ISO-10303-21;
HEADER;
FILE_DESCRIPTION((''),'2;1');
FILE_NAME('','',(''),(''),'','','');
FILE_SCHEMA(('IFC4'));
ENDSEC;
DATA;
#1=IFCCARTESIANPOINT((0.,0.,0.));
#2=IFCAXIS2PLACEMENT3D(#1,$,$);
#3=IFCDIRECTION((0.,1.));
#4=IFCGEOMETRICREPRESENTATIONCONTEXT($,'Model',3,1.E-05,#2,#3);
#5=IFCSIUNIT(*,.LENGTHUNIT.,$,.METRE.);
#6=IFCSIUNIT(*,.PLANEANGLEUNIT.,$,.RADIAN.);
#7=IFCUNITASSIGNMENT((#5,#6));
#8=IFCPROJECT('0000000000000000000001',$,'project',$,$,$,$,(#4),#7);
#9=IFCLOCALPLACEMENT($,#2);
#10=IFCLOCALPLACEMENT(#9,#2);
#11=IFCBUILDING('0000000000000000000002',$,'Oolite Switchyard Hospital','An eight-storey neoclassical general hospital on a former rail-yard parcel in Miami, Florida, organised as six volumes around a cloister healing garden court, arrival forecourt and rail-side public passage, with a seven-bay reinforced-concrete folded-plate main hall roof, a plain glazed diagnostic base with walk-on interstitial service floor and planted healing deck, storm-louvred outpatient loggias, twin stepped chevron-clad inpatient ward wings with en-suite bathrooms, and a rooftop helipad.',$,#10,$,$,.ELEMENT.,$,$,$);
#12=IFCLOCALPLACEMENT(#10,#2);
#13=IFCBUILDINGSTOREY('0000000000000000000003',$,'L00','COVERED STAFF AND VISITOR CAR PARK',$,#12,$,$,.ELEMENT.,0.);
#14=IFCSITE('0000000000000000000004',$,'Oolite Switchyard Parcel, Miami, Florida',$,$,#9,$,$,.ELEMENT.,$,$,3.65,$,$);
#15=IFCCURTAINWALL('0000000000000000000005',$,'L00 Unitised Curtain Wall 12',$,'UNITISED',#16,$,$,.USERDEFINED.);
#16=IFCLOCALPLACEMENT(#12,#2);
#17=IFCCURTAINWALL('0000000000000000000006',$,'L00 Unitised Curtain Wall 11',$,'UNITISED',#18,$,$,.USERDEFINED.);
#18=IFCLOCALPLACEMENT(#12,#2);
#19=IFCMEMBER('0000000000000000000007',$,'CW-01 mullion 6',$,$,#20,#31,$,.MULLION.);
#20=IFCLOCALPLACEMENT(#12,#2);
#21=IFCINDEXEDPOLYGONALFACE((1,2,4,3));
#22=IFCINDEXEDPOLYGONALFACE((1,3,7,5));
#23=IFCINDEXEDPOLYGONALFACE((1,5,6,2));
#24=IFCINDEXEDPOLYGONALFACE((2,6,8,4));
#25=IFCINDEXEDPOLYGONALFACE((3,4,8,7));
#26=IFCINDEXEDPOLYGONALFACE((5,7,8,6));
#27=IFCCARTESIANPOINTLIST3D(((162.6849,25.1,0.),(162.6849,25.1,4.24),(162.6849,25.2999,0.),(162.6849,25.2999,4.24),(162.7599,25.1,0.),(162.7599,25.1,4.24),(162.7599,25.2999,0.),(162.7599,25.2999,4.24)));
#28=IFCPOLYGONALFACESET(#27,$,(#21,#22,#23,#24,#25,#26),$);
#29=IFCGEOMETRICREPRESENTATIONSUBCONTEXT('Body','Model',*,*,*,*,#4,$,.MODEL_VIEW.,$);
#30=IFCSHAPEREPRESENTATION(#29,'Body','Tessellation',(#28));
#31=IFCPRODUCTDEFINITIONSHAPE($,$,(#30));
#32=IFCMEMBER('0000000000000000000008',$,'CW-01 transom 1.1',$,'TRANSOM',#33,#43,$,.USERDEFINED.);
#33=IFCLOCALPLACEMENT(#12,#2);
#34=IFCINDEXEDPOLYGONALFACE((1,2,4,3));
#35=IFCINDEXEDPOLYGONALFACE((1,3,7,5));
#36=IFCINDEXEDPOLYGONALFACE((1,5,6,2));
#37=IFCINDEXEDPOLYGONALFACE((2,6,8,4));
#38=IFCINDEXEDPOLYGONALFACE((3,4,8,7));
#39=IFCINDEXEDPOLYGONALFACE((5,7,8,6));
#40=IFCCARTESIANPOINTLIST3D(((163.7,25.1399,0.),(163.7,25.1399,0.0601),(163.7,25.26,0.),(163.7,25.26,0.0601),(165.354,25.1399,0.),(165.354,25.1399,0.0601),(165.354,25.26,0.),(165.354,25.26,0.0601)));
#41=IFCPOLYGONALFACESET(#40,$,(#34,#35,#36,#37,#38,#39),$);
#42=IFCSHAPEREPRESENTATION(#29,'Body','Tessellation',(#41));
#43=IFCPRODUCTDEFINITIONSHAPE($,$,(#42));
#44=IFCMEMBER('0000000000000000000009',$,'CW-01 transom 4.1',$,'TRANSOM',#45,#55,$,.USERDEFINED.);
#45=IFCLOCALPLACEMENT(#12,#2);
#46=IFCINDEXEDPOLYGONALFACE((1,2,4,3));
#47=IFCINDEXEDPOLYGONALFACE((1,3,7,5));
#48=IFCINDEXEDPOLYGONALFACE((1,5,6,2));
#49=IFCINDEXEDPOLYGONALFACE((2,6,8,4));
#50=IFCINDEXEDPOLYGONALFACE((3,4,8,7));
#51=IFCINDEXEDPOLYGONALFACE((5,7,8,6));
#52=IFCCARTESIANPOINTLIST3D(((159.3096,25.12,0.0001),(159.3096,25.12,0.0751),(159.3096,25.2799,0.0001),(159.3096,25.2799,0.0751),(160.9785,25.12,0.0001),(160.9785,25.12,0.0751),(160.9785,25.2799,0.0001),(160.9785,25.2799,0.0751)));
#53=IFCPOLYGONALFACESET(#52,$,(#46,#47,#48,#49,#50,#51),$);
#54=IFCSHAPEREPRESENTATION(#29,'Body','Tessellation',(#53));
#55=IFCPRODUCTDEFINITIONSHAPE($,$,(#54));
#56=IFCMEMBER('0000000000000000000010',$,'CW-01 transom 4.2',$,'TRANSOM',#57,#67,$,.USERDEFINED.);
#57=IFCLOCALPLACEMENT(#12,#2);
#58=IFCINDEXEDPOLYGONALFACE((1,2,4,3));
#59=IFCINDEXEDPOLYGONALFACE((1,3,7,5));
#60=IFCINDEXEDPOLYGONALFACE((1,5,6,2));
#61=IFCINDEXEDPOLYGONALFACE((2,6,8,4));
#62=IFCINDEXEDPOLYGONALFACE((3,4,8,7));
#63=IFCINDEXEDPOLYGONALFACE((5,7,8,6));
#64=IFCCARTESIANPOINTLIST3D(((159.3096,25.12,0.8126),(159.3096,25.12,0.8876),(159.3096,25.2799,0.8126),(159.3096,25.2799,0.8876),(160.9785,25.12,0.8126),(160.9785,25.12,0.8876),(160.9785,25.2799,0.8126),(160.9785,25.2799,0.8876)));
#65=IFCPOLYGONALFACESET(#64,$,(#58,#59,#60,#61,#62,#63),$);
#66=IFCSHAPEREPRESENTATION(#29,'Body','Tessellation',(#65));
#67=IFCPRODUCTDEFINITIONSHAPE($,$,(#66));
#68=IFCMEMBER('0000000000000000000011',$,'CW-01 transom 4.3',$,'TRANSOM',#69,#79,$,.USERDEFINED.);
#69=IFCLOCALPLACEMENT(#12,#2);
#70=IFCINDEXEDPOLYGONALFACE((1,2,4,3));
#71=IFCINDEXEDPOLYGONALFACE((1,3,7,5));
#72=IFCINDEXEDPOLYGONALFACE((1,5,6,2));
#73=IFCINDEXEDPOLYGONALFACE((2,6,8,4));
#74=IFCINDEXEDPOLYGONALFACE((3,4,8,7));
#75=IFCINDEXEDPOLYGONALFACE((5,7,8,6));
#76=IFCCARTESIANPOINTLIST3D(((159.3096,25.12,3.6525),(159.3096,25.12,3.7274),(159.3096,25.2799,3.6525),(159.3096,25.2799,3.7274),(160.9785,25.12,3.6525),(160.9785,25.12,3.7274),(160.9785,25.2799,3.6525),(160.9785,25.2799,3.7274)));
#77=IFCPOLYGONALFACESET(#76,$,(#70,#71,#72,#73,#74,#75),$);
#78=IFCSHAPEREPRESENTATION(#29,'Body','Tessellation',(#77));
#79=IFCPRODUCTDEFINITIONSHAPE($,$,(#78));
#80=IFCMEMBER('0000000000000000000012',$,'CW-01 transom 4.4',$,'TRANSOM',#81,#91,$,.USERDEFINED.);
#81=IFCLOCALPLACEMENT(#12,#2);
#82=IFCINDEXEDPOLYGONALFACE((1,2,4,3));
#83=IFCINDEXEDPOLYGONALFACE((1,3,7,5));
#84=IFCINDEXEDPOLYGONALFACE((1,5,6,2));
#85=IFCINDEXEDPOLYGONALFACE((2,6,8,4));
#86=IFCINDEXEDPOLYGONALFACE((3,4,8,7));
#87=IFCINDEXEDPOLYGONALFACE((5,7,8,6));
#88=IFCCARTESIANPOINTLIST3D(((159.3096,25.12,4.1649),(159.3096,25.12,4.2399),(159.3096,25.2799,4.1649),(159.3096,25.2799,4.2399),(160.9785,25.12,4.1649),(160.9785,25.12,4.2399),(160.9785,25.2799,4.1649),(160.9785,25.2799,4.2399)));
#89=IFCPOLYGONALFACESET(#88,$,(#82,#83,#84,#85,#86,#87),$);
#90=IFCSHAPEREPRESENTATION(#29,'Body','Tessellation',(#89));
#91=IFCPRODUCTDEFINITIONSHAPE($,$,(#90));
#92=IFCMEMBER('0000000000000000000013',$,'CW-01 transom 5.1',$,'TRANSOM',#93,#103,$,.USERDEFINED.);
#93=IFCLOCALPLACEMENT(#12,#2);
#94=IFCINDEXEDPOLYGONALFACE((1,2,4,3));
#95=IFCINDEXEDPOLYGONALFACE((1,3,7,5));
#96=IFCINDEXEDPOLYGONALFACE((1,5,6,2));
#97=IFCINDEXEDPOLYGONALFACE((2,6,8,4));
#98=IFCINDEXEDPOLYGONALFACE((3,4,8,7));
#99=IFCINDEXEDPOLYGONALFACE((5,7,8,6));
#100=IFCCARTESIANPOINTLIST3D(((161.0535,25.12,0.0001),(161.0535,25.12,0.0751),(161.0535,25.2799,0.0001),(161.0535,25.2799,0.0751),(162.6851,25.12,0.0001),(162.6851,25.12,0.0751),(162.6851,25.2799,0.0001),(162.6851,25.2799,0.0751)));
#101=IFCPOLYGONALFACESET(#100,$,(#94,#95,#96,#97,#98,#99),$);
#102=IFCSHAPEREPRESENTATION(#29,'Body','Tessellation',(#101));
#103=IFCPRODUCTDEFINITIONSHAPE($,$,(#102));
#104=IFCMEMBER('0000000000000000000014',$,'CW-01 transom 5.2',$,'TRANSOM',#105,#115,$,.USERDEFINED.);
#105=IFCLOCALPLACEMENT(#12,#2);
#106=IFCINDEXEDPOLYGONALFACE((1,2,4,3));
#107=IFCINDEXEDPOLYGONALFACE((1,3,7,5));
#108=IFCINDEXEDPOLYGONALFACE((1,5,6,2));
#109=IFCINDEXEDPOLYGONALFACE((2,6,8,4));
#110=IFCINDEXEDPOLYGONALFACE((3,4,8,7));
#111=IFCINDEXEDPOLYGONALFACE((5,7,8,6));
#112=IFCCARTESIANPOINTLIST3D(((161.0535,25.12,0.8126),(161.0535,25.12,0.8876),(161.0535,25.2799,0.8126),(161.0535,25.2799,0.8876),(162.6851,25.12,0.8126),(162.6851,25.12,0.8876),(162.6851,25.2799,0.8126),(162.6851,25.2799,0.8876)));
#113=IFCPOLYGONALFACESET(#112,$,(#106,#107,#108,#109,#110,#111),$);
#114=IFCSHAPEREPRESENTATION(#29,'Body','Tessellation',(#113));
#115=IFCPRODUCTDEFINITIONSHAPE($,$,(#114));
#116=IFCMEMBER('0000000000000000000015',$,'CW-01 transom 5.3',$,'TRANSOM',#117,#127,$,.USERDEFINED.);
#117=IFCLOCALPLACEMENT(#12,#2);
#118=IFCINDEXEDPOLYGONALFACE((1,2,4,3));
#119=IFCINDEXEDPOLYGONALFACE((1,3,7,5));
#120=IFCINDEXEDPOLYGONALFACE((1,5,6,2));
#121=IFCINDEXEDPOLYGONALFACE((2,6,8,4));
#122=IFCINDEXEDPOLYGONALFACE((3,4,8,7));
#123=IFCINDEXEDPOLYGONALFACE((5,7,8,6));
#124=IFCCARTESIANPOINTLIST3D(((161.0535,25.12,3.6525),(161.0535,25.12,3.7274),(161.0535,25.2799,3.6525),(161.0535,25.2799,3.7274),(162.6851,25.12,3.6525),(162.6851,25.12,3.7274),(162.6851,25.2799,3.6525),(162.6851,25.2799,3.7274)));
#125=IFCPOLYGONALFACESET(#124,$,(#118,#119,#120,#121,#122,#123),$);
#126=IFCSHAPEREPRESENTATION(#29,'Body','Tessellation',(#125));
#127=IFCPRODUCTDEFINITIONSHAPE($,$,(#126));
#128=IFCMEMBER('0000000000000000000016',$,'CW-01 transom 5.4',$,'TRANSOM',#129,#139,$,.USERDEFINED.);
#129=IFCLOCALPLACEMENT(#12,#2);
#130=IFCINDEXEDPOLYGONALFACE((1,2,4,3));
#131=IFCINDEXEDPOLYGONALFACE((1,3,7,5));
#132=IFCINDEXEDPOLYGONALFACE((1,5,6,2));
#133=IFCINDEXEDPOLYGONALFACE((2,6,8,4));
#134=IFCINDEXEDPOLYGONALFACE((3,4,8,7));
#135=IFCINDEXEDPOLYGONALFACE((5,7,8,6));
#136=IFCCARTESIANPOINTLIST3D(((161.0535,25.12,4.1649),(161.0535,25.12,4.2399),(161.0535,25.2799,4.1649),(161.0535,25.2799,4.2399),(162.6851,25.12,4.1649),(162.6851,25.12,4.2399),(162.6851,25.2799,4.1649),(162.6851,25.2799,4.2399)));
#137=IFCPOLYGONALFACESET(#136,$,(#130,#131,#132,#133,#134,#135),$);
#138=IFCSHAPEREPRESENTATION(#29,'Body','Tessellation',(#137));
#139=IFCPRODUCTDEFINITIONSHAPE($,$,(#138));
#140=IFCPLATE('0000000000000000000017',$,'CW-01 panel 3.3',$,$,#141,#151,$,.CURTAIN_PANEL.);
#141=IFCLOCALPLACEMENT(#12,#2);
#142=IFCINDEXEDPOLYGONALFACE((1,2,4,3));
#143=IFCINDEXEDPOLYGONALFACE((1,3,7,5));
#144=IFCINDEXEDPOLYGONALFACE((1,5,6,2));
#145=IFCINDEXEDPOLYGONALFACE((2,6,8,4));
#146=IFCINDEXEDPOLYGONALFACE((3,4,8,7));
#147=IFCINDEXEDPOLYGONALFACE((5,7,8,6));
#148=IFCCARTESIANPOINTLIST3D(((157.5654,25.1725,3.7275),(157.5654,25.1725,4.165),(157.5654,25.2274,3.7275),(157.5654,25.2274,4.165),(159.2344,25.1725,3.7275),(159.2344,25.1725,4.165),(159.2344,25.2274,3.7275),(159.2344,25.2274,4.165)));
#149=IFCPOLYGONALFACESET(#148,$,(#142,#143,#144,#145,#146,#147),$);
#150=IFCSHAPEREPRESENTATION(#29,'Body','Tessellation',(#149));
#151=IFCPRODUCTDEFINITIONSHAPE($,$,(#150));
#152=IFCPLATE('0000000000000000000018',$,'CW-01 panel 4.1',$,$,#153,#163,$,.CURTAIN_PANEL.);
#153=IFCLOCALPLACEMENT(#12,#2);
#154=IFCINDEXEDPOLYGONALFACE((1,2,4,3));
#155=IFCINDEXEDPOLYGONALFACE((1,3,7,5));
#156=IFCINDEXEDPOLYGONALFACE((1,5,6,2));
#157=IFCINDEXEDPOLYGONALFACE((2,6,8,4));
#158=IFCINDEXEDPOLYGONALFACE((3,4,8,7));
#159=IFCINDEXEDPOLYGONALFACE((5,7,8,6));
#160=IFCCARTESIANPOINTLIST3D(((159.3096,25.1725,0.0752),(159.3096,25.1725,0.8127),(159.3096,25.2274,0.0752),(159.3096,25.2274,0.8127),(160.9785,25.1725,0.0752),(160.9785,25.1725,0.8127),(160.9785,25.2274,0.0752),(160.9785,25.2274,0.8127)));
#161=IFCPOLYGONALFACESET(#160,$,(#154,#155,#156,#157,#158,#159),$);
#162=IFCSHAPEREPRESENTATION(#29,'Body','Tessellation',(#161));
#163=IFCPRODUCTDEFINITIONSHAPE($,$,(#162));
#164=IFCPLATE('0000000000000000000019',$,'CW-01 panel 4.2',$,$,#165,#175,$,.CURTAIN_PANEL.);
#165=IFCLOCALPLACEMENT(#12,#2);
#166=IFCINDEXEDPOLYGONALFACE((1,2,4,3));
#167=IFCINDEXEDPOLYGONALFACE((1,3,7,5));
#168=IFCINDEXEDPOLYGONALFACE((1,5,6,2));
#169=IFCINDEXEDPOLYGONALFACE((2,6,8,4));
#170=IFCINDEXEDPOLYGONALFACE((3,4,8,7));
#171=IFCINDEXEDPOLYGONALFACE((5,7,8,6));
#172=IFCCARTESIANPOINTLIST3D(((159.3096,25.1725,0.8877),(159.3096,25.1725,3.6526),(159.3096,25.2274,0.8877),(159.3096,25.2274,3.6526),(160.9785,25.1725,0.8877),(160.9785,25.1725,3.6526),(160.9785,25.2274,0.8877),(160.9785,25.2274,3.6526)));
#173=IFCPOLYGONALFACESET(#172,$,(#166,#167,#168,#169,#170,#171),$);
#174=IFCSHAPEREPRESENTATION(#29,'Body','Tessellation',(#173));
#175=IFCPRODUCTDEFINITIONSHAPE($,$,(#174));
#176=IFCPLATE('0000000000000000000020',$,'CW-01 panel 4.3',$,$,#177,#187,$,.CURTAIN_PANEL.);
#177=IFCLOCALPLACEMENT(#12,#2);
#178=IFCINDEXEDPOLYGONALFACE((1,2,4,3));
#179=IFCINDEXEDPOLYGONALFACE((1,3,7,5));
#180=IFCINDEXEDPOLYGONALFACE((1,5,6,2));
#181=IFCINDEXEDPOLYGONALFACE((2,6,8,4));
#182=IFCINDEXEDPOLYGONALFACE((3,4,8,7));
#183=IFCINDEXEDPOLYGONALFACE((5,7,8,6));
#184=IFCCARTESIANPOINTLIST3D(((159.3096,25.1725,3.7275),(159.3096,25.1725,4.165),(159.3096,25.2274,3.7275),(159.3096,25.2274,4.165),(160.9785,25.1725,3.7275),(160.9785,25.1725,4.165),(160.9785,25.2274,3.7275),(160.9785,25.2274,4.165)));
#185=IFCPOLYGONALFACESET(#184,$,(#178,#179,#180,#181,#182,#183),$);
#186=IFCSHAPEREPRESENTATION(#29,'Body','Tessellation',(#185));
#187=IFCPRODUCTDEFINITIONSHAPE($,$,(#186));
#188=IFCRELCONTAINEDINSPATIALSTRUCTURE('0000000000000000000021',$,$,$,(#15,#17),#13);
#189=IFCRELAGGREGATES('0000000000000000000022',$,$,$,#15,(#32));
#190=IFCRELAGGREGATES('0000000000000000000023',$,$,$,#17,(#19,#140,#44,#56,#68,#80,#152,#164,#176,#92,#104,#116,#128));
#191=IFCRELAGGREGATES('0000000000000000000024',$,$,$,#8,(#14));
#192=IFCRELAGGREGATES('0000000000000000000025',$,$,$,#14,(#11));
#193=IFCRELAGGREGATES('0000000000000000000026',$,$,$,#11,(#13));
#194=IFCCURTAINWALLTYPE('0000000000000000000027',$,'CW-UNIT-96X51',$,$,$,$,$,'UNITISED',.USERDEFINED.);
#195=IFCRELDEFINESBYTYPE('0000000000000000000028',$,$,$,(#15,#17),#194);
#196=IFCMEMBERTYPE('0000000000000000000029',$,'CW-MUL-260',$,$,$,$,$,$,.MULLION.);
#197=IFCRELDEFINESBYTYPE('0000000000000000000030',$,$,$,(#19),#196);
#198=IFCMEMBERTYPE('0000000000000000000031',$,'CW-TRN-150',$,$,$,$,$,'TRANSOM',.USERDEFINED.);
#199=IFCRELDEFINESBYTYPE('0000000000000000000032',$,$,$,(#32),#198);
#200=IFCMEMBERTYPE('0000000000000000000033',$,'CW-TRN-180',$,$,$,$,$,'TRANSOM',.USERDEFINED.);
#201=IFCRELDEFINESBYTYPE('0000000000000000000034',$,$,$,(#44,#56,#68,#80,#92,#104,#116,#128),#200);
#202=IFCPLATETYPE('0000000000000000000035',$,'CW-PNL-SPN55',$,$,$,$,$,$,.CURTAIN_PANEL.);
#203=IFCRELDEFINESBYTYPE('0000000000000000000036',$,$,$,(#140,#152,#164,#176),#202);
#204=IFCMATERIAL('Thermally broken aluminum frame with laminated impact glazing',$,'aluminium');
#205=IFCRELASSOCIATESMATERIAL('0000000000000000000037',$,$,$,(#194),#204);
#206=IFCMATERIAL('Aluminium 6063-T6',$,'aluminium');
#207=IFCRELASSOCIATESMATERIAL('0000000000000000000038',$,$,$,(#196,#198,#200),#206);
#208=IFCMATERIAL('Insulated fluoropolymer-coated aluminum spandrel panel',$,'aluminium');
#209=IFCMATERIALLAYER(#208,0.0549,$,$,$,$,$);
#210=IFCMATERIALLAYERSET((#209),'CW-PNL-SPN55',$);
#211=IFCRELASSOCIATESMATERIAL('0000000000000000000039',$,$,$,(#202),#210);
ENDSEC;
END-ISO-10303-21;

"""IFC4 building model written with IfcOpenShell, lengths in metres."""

from ifc_helpers import new_model, si_unit, direction, frame, origin, origin_2d, place, context, subcontext, project, spatial, rectangle, extrude, material, layer, layer_set, material_profile, profile_set, type_object, element, aggregate, save


model = new_model("IFC4")

# Units and contexts
model_context = context("Model", 3, precision=1e-05, world=origin(), true_north=direction((0.0, 1.0)))
body_context = subcontext(model_context, "Body", "Model", "MODEL_VIEW")
ifc_project = project(units=[si_unit("LENGTHUNIT", "METRE"), si_unit("PLANEANGLEUNIT", "RADIAN")], contexts=[model_context])

# Site, building, storey
site_placement = place(None, origin())
site = spatial("IfcSite", under=ifc_project, at=site_placement, Name="Oolite Switchyard Parcel, Miami, Florida", CompositionType="ELEMENT", RefElevation=3.65)
building_placement = place(site_placement, origin())
building = spatial("IfcBuilding", under=site, at=building_placement, Name="Oolite Switchyard Hospital", Description="An eight-storey neoclassical general hospital on a former rail-yard parcel in Miami, Florida, organised as six volumes around a cloister healing garden court, arrival forecourt and rail-side public passage, with a seven-bay reinforced-concrete folded-plate main hall roof, a plain glazed diagnostic base with walk-on interstitial service floor and planted healing deck, storm-louvred outpatient loggias, twin stepped chevron-clad inpatient ward wings with en-suite bathrooms, and a rooftop helipad.", CompositionType="ELEMENT")
storey_placement = place(building_placement, origin())
storey = spatial("IfcBuildingStorey", under=building, at=storey_placement, Name="L00", Description="COVERED STAFF AND VISITOR CAR PARK", CompositionType="ELEMENT", Elevation=0.0)

# Curtain wall
ifc_material_1 = material(Name="Thermally broken aluminum frame with laminated impact glazing", Category="aluminium")
curtain_wall_type = type_object("IfcCurtainWallType", Name="CW-UNIT-96X51", ElementType="UNITISED", PredefinedType="USERDEFINED", material=ifc_material_1)
curtain_wall_1_placement = place(storey_placement, origin())
curtain_wall_1 = element("IfcCurtainWall", 1, at=curtain_wall_1_placement, inside=storey, type_object=curtain_wall_type, Name="L00 Unitised Curtain Wall 12", ObjectType="UNITISED", PredefinedType="USERDEFINED")
ifc_material_2 = material(Name="Aluminium 6063-T6", Category="aluminium")

# Curtain wall, member
curtain_wall_2_placement = place(storey_placement, origin())
curtain_wall_2 = element("IfcCurtainWall", 2, at=curtain_wall_2_placement, inside=storey, type_object=curtain_wall_type, Name="L00 Unitised Curtain Wall 11", ObjectType="UNITISED", PredefinedType="USERDEFINED")
ifc_material_profile_1 = material_profile(ifc_material_2, rectangle(XDim=0.2, YDim=0.075, at=origin_2d()), Name="CWM75X200")
ifc_profile_set_1 = profile_set([ifc_material_profile_1], Name="Aluminium 6063-T6")
member_type_1 = type_object("IfcMemberType", Name="CW-MUL-260", PredefinedType="MULLION", material=ifc_profile_set_1)
member_1_placement = place(storey_placement, frame((162.7224, 25.2, 0.0), z_axis=(0.0, 0.0, 1.0), x_axis=(0.0, 1.0, 0.0)))
member_1 = element("IfcMember", 3, at=member_1_placement, type_object=member_type_1, Name="CW-01 mullion 6", PredefinedType="MULLION", context=body_context, shape_type="SweptSolid", body=[
    extrude(rectangle(XDim=0.2, YDim=0.075, at=origin_2d()), origin(), (0.0, 0.0, 1.0), 4.24),
])

# Members
ifc_material_profile_2 = material_profile(ifc_material_2, rectangle(XDim=0.1201, YDim=0.0601, at=origin_2d()), Name="CWT60X120")
ifc_profile_set_2 = profile_set([ifc_material_profile_2], Name="Aluminium 6063-T6")
member_type_2 = type_object("IfcMemberType", Name="CW-TRN-150", ElementType="TRANSOM", PredefinedType="USERDEFINED", material=ifc_profile_set_2)
member_2_placement = place(storey_placement, frame((163.7, 25.2, 0.03), z_axis=(1.0, 0.0, 0.0), x_axis=(0.0, 1.0, 0.0)))
member_2 = element("IfcMember", 4, at=member_2_placement, type_object=member_type_2, Name="CW-01 transom 1.1", ObjectType="TRANSOM", PredefinedType="USERDEFINED", context=body_context, shape_type="SweptSolid", body=[
    extrude(rectangle(XDim=0.1201, YDim=0.0601, at=origin_2d()), origin(), (0.0, 0.0, 1.0), 1.6541),
])
aggregate(curtain_wall_1, [member_2])
ifc_material_profile_3 = material_profile(ifc_material_2, rectangle(XDim=0.1599, YDim=0.075, at=origin_2d()), Name="CWT75X160")
ifc_profile_set_3 = profile_set([ifc_material_profile_3], Name="Aluminium 6063-T6")
member_type_3 = type_object("IfcMemberType", Name="CW-TRN-180", ElementType="TRANSOM", PredefinedType="USERDEFINED", material=ifc_profile_set_3)
member_3_placement = place(storey_placement, frame((159.3096, 25.2, 0.0376), z_axis=(1.0, 0.0, 0.0), x_axis=(0.0, 1.0, 0.0)))
member_3 = element("IfcMember", 5, at=member_3_placement, type_object=member_type_3, Name="CW-01 transom 4.1", ObjectType="TRANSOM", PredefinedType="USERDEFINED", context=body_context, shape_type="SweptSolid", body=[
    extrude(rectangle(XDim=0.1599, YDim=0.075, at=origin_2d()), origin(), (0.0, 0.0, 1.0), 1.6689),
])
member_4_placement = place(storey_placement, frame((159.3096, 25.2, 0.8501), z_axis=(1.0, 0.0, 0.0), x_axis=(0.0, 1.0, 0.0)))
member_4 = element("IfcMember", 6, at=member_4_placement, type_object=member_type_3, Name="CW-01 transom 4.2", ObjectType="TRANSOM", PredefinedType="USERDEFINED", context=body_context, shape_type="SweptSolid", body=[
    extrude(rectangle(XDim=0.1599, YDim=0.075, at=origin_2d()), origin(), (0.0, 0.0, 1.0), 1.6689),
])
member_5_placement = place(storey_placement, frame((159.3096, 25.2, 3.6899), z_axis=(1.0, 0.0, 0.0), x_axis=(0.0, 1.0, 0.0)))
member_5 = element("IfcMember", 7, at=member_5_placement, type_object=member_type_3, Name="CW-01 transom 4.3", ObjectType="TRANSOM", PredefinedType="USERDEFINED", context=body_context, shape_type="SweptSolid", body=[
    extrude(rectangle(XDim=0.1599, YDim=0.075, at=origin_2d()), origin(), (0.0, 0.0, 1.0), 1.6689),
])
member_6_placement = place(storey_placement, frame((159.3096, 25.2, 4.2024), z_axis=(1.0, 0.0, 0.0), x_axis=(0.0, 1.0, 0.0)))
member_6 = element("IfcMember", 8, at=member_6_placement, type_object=member_type_3, Name="CW-01 transom 4.4", ObjectType="TRANSOM", PredefinedType="USERDEFINED", context=body_context, shape_type="SweptSolid", body=[
    extrude(rectangle(XDim=0.1599, YDim=0.075, at=origin_2d()), origin(), (0.0, 0.0, 1.0), 1.6689),
])
member_7_placement = place(storey_placement, frame((161.0535, 25.2, 0.0376), z_axis=(1.0, 0.0, 0.0), x_axis=(0.0, 1.0, 0.0)))
member_7 = element("IfcMember", 9, at=member_7_placement, type_object=member_type_3, Name="CW-01 transom 5.1", ObjectType="TRANSOM", PredefinedType="USERDEFINED", context=body_context, shape_type="SweptSolid", body=[
    extrude(rectangle(XDim=0.1599, YDim=0.075, at=origin_2d()), origin(), (0.0, 0.0, 1.0), 1.6316),
])
member_8_placement = place(storey_placement, frame((161.0535, 25.2, 0.8501), z_axis=(1.0, 0.0, 0.0), x_axis=(0.0, 1.0, 0.0)))
member_8 = element("IfcMember", 10, at=member_8_placement, type_object=member_type_3, Name="CW-01 transom 5.2", ObjectType="TRANSOM", PredefinedType="USERDEFINED", context=body_context, shape_type="SweptSolid", body=[
    extrude(rectangle(XDim=0.1599, YDim=0.075, at=origin_2d()), origin(), (0.0, 0.0, 1.0), 1.6316),
])
member_9_placement = place(storey_placement, frame((161.0535, 25.2, 3.6899), z_axis=(1.0, 0.0, 0.0), x_axis=(0.0, 1.0, 0.0)))
member_9 = element("IfcMember", 11, at=member_9_placement, type_object=member_type_3, Name="CW-01 transom 5.3", ObjectType="TRANSOM", PredefinedType="USERDEFINED", context=body_context, shape_type="SweptSolid", body=[
    extrude(rectangle(XDim=0.1599, YDim=0.075, at=origin_2d()), origin(), (0.0, 0.0, 1.0), 1.6316),
])
member_10_placement = place(storey_placement, frame((161.0535, 25.2, 4.2024), z_axis=(1.0, 0.0, 0.0), x_axis=(0.0, 1.0, 0.0)))
member_10 = element("IfcMember", 12, at=member_10_placement, type_object=member_type_3, Name="CW-01 transom 5.4", ObjectType="TRANSOM", PredefinedType="USERDEFINED", context=body_context, shape_type="SweptSolid", body=[
    extrude(rectangle(XDim=0.1599, YDim=0.075, at=origin_2d()), origin(), (0.0, 0.0, 1.0), 1.6316),
])

# Plates
ifc_material_3 = material(Name="Insulated fluoropolymer-coated aluminum spandrel panel", Category="aluminium")
ifc_layer = layer(ifc_material_3, 0.0549)
ifc_layer_set = layer_set([ifc_layer], Name="CW-PNL-SPN55")
plate_type = type_object("IfcPlateType", Name="CW-PNL-SPN55", PredefinedType="CURTAIN_PANEL", material=ifc_layer_set)
plate_1_placement = place(storey_placement, frame((158.3999, 25.2, 3.7275), z_axis=(0.0, 0.0, 1.0), x_axis=(1.0, 0.0, 0.0)))
plate_1 = element("IfcPlate", 13, at=plate_1_placement, type_object=plate_type, Name="CW-01 panel 3.3", PredefinedType="CURTAIN_PANEL", context=body_context, shape_type="SweptSolid", body=[
    extrude(rectangle(XDim=1.6689, YDim=0.0549, at=origin_2d()), origin(), (0.0, 0.0, 1.0), 0.4375),
])
plate_2_placement = place(storey_placement, frame((160.144, 25.2, 0.0752), z_axis=(0.0, 0.0, 1.0), x_axis=(1.0, 0.0, 0.0)))
plate_2 = element("IfcPlate", 14, at=plate_2_placement, type_object=plate_type, Name="CW-01 panel 4.1", PredefinedType="CURTAIN_PANEL", context=body_context, shape_type="SweptSolid", body=[
    extrude(rectangle(XDim=1.6689, YDim=0.0549, at=origin_2d()), origin(), (0.0, 0.0, 1.0), 0.7375),
])
plate_3_placement = place(storey_placement, frame((160.144, 25.2, 0.8877), z_axis=(0.0, 0.0, 1.0), x_axis=(1.0, 0.0, 0.0)))
plate_3 = element("IfcPlate", 15, at=plate_3_placement, type_object=plate_type, Name="CW-01 panel 4.2", PredefinedType="CURTAIN_PANEL", context=body_context, shape_type="SweptSolid", body=[
    extrude(rectangle(XDim=1.6689, YDim=0.0549, at=origin_2d()), origin(), (0.0, 0.0, 1.0), 2.7649),
])
plate_4_placement = place(storey_placement, frame((160.144, 25.2, 3.7275), z_axis=(0.0, 0.0, 1.0), x_axis=(1.0, 0.0, 0.0)))
plate_4 = element("IfcPlate", 16, at=plate_4_placement, type_object=plate_type, Name="CW-01 panel 4.3", PredefinedType="CURTAIN_PANEL", context=body_context, shape_type="SweptSolid", body=[
    extrude(rectangle(XDim=1.6689, YDim=0.0549, at=origin_2d()), origin(), (0.0, 0.0, 1.0), 0.4375),
])
aggregate(curtain_wall_2, [member_1, plate_1, member_3, member_4, member_5, member_6, plate_2, plate_3, plate_4, member_7, member_8, member_9, member_10])

save(model, "model.ifc")
